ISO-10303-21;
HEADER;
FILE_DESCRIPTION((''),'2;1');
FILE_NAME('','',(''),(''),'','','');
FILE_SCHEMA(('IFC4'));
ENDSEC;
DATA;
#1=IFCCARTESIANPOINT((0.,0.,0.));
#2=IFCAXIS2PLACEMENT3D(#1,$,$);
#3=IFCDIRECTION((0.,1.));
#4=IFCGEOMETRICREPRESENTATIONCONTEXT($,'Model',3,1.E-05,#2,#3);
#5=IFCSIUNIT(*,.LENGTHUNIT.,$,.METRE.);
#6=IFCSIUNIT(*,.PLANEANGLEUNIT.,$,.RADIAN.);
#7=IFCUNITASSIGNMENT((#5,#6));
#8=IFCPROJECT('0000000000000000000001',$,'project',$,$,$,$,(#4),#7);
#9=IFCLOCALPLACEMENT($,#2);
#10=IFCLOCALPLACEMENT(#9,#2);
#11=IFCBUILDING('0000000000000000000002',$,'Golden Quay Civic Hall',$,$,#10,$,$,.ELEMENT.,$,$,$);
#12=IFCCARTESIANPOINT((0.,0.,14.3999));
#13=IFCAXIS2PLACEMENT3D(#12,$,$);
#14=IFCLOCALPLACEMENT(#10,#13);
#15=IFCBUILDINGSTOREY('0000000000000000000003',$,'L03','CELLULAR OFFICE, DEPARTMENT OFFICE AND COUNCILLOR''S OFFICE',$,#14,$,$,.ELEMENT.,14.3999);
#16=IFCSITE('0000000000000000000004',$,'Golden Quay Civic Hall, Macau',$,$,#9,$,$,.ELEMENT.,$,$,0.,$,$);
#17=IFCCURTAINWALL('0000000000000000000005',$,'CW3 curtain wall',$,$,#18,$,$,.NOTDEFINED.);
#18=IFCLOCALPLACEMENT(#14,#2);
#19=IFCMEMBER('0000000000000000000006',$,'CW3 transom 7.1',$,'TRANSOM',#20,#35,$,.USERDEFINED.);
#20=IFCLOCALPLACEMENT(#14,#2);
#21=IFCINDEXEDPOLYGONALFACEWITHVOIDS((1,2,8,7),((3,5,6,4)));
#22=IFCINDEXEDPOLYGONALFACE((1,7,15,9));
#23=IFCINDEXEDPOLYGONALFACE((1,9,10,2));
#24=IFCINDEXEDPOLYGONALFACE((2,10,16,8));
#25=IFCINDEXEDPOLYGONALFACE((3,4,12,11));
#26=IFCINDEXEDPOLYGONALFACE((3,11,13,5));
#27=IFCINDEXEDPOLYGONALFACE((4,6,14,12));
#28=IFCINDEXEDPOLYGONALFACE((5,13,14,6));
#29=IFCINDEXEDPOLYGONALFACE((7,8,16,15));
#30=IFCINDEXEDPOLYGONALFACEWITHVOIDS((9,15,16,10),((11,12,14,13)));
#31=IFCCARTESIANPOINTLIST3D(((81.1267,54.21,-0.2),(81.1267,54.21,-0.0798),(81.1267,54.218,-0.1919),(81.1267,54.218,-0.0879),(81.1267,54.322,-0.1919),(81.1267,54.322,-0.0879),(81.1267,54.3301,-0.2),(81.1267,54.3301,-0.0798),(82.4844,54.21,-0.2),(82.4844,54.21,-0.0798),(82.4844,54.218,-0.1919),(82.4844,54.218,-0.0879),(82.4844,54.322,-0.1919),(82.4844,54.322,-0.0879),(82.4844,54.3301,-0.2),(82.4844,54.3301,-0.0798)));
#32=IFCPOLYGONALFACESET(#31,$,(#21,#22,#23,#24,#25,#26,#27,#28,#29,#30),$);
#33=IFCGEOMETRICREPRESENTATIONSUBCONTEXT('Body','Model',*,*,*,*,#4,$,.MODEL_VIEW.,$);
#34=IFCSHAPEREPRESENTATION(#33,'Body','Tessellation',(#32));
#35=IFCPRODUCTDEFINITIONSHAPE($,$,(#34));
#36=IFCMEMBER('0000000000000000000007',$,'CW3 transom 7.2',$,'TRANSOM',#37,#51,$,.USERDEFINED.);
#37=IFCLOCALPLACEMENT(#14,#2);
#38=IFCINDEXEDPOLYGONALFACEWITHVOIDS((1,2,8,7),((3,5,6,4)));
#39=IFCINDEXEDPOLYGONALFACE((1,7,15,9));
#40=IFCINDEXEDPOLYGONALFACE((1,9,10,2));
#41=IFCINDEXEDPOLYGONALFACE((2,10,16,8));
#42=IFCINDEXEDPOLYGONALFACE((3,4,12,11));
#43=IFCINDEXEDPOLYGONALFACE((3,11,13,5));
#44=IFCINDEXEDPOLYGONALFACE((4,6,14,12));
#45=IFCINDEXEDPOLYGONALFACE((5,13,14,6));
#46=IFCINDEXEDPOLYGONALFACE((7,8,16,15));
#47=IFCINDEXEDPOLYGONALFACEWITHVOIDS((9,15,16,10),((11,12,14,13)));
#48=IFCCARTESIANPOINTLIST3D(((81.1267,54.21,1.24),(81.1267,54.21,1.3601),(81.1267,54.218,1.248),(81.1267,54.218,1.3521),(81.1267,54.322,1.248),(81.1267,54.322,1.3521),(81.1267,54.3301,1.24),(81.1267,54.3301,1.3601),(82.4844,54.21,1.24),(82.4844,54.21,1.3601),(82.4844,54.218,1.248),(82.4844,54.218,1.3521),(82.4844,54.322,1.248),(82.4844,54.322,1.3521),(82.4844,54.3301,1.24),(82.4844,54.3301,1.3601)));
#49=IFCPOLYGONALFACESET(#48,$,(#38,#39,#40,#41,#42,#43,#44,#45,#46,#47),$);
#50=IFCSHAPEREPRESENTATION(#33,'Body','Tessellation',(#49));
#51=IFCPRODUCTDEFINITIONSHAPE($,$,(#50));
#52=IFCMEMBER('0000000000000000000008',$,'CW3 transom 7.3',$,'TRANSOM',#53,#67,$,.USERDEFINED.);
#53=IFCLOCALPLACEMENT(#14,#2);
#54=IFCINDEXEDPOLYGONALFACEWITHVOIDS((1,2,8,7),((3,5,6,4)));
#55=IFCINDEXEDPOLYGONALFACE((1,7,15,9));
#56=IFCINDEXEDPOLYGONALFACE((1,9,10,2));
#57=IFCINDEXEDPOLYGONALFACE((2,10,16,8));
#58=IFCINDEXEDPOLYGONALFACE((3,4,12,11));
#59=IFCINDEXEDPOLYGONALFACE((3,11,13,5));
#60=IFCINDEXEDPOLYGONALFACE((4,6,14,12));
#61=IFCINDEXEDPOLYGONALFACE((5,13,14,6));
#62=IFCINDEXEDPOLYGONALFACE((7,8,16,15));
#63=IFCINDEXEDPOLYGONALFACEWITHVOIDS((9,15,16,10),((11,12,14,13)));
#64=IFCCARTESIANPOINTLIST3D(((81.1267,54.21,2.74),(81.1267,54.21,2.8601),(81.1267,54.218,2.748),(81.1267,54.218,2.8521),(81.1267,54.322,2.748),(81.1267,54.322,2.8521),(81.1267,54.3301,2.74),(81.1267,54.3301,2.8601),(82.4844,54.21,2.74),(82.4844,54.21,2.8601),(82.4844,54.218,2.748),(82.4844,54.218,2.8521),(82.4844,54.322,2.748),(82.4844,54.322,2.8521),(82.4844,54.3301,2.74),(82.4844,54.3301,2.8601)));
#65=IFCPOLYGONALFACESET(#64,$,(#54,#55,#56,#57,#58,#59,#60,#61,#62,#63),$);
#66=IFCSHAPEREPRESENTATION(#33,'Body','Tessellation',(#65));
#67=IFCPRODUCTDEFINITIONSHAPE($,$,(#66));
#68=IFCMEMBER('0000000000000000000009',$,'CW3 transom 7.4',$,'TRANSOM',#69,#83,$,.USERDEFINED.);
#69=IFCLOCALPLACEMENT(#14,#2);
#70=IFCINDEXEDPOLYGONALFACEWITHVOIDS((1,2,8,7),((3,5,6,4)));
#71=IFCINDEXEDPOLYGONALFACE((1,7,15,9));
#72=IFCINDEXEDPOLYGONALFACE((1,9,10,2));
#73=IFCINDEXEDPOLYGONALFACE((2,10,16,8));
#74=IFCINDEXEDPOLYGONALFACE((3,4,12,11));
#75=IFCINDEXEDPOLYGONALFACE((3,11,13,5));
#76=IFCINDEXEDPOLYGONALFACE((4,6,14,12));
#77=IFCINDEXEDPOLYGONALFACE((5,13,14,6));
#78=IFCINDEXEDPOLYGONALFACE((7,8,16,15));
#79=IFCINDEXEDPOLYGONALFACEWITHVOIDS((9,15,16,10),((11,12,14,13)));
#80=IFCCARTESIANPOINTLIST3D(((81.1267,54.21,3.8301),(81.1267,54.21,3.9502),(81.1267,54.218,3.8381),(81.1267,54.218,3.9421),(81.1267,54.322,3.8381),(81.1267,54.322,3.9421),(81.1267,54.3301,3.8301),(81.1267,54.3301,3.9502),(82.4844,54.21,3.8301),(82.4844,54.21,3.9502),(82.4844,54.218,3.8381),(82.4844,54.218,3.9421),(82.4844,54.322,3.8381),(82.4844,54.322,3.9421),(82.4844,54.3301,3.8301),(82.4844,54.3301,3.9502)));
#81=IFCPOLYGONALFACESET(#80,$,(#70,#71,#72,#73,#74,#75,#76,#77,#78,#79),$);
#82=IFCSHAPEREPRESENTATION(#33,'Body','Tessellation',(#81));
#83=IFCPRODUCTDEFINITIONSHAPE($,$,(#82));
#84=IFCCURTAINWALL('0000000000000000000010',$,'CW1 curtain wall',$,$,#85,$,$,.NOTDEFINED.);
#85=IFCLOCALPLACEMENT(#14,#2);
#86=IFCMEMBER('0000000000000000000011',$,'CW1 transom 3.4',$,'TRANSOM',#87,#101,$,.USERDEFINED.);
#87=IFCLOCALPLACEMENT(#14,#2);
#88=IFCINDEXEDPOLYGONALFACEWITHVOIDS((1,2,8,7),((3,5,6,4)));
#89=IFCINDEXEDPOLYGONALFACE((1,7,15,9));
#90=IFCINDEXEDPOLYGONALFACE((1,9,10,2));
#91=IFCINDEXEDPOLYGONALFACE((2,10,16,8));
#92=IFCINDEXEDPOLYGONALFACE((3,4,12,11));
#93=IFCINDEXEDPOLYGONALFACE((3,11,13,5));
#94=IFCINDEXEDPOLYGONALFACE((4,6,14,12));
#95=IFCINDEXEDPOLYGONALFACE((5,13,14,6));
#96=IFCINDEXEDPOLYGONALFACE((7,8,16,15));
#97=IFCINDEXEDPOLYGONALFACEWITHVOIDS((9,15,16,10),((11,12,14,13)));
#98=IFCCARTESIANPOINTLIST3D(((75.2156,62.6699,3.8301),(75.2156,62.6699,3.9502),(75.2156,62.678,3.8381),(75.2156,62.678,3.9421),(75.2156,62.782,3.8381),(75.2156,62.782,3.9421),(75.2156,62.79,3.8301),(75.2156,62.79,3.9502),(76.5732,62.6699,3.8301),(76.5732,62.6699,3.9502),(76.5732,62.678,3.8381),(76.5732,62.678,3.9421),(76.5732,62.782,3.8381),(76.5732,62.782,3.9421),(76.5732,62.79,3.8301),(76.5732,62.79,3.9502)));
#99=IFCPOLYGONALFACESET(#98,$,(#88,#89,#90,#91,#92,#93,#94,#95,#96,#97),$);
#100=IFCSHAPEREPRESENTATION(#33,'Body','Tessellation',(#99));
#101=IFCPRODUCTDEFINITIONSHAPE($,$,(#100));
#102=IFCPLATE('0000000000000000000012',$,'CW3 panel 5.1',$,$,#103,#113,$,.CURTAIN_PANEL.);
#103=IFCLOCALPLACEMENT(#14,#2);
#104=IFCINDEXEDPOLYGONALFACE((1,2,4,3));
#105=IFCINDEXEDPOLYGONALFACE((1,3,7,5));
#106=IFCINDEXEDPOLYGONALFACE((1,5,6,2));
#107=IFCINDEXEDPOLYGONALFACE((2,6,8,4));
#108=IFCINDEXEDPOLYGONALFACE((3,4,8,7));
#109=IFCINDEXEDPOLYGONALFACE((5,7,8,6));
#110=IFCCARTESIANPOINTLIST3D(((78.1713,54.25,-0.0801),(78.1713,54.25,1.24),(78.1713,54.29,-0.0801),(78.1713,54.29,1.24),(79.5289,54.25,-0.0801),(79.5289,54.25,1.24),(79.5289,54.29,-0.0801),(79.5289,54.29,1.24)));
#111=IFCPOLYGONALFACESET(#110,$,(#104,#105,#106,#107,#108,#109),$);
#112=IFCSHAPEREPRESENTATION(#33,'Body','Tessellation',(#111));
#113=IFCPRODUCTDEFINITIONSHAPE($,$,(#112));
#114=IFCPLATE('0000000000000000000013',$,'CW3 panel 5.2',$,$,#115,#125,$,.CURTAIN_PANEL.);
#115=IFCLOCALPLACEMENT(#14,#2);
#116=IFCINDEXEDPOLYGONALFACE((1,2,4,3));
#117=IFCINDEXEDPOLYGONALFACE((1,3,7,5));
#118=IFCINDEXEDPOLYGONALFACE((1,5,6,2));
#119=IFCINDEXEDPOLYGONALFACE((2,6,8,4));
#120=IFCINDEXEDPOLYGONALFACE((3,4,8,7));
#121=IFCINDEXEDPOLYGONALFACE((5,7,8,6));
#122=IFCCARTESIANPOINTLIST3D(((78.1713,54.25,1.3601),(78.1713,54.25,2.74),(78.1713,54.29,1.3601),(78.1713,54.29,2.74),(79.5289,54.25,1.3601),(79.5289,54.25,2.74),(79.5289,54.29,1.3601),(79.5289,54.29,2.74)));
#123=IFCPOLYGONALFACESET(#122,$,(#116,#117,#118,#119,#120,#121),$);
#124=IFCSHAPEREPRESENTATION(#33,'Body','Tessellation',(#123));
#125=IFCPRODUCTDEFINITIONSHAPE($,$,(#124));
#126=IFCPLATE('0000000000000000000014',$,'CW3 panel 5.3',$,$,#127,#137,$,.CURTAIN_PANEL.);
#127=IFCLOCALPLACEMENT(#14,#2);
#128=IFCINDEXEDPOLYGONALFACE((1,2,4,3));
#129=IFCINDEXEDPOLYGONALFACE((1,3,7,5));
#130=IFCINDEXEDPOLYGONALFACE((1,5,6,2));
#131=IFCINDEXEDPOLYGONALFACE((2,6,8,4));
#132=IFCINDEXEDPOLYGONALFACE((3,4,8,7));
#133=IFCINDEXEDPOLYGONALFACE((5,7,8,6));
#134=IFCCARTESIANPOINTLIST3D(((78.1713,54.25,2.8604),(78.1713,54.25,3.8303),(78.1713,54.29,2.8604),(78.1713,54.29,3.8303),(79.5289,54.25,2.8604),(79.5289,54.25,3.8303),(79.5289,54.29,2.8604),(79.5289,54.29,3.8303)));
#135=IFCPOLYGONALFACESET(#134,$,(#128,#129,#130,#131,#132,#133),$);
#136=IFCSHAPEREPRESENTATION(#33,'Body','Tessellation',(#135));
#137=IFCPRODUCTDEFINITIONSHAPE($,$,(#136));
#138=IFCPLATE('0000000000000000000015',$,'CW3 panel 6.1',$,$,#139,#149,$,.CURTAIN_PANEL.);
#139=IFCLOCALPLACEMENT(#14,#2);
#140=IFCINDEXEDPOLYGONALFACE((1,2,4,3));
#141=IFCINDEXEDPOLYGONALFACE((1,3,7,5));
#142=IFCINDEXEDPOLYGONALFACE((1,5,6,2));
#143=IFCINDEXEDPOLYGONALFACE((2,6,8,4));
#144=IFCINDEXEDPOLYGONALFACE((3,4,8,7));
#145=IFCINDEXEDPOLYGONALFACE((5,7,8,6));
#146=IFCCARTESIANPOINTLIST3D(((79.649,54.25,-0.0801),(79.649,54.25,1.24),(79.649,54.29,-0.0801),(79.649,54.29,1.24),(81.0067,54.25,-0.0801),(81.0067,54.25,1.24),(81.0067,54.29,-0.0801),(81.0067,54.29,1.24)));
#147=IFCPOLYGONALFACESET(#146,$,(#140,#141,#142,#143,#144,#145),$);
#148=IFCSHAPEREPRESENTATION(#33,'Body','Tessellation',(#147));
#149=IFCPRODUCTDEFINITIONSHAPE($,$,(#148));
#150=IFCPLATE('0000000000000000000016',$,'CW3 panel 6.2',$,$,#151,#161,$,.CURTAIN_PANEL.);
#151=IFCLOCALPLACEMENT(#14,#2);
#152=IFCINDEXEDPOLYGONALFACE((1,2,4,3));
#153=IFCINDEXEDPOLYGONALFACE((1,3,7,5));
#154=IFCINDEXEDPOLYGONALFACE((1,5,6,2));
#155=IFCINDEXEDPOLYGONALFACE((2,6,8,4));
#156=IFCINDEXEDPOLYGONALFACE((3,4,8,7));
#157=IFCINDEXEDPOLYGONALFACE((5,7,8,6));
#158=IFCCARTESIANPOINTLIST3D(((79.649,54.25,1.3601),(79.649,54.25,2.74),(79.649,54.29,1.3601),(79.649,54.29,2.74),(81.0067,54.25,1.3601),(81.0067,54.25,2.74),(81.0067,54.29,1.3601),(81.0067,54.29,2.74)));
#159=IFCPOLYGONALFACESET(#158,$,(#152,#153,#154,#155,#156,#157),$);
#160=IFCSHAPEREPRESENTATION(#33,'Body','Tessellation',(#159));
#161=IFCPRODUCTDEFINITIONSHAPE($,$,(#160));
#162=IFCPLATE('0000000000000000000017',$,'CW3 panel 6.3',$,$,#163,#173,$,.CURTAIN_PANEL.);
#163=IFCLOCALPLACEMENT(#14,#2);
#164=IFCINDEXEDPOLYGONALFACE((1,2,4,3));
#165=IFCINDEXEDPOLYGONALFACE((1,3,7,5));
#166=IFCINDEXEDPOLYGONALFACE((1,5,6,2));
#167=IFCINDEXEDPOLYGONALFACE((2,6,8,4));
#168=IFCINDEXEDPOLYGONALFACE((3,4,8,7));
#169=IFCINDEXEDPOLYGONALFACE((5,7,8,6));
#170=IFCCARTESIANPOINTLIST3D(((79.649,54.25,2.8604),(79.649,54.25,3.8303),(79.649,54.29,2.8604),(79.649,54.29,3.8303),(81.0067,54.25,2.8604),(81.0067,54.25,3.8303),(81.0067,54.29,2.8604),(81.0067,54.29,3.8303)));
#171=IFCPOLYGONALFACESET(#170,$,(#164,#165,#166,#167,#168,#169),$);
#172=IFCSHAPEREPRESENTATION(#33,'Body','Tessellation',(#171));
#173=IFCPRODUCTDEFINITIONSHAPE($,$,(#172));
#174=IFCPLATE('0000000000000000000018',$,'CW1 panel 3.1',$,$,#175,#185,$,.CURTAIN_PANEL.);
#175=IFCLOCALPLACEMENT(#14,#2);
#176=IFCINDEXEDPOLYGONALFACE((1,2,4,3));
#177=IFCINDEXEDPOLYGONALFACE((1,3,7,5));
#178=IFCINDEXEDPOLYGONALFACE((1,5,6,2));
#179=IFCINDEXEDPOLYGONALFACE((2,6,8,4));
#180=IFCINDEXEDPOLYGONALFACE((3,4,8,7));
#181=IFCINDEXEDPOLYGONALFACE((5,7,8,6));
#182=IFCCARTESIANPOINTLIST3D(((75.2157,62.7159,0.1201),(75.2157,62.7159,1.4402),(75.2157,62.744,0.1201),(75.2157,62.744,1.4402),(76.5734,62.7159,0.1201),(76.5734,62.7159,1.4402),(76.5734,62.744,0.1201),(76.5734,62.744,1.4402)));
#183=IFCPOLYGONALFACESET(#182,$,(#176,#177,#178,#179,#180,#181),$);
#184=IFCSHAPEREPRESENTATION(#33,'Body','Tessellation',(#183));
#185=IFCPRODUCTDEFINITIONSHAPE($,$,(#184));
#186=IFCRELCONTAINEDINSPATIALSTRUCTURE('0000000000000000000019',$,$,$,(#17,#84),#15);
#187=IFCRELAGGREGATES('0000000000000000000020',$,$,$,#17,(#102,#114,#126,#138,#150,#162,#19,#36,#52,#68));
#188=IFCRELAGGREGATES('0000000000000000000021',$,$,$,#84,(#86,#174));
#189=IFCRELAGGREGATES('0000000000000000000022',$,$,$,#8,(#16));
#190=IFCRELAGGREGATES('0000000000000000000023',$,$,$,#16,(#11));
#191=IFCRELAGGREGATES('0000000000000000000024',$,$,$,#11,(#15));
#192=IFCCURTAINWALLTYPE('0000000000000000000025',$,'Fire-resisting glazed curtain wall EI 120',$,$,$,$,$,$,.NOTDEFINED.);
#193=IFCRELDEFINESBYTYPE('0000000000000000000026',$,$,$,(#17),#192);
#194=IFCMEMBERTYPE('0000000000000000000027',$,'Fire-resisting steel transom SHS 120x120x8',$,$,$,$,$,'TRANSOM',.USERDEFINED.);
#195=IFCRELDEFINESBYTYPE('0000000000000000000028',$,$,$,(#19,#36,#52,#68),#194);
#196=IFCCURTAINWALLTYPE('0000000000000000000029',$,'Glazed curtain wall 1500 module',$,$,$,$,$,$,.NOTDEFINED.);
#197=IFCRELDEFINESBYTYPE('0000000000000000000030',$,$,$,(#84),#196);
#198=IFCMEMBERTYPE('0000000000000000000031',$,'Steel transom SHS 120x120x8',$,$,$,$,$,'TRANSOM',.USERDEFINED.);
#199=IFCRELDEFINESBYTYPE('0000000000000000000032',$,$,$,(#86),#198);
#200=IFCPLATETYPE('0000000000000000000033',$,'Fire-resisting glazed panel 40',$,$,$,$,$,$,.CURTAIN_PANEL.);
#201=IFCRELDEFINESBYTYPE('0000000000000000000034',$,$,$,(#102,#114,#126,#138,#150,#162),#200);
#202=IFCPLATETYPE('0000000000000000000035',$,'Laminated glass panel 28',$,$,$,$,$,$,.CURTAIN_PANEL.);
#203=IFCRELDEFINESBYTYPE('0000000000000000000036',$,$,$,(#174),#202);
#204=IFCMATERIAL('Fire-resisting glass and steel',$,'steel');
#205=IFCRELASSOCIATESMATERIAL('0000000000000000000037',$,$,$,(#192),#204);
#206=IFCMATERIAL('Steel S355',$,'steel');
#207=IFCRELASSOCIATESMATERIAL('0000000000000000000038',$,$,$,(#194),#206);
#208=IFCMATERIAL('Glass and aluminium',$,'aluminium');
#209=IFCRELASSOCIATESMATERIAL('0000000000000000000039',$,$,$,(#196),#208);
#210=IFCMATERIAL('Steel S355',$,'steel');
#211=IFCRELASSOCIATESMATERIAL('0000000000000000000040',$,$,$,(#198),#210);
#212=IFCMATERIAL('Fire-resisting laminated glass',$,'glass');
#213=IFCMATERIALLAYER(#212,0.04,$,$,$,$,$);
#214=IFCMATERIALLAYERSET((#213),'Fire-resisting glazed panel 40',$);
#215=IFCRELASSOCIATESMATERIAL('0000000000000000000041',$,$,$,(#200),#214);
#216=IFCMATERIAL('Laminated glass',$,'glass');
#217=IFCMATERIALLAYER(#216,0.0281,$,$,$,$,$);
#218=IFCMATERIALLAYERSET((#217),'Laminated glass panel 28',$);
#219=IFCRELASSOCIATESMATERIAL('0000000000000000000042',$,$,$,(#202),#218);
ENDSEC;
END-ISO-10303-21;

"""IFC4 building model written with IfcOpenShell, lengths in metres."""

from ifc_helpers import new_model, si_unit, direction, frame, origin, origin_2d, place, context, subcontext, project, spatial, rectangle, hollow_rectangle, extrude, material, layer, layer_set, material_profile, profile_set, type_object, element, aggregate, save


model = new_model("IFC4")

# Units and contexts
model_context = context("Model", 3, precision=1e-05, world=origin(), true_north=direction((0.0, 1.0)))
body_context = subcontext(model_context, "Body", "Model", "MODEL_VIEW")
ifc_project = project(units=[si_unit("LENGTHUNIT", "METRE"), si_unit("PLANEANGLEUNIT", "RADIAN")], contexts=[model_context])

# Site, building, storey
site_placement = place(None, origin())
site = spatial("IfcSite", under=ifc_project, at=site_placement, Name="Golden Quay Civic Hall, Macau", CompositionType="ELEMENT", RefElevation=0.0)
building_placement = place(site_placement, origin())
building = spatial("IfcBuilding", under=site, at=building_placement, Name="Golden Quay Civic Hall", CompositionType="ELEMENT")
storey_placement = place(building_placement, frame((0.0, 0.0, 14.3999)))
storey = spatial("IfcBuildingStorey", under=building, at=storey_placement, Name="L03", Description="CELLULAR OFFICE, DEPARTMENT OFFICE AND COUNCILLOR'S OFFICE", CompositionType="ELEMENT", Elevation=14.3999)

# Curtain wall, members
ifc_material_1 = material(Name="Fire-resisting glass and steel", Category="steel")
curtain_wall_type_1 = type_object("IfcCurtainWallType", Name="Fire-resisting glazed curtain wall EI 120", PredefinedType="NOTDEFINED", material=ifc_material_1)
curtain_wall_1_placement = place(storey_placement, origin())
curtain_wall_1 = element("IfcCurtainWall", 1, at=curtain_wall_1_placement, inside=storey, type_object=curtain_wall_type_1, Name="CW3 curtain wall", PredefinedType="NOTDEFINED")
ifc_material_2 = material(Name="Steel S355", Category="steel")
ifc_material_profile_1 = material_profile(ifc_material_2, hollow_rectangle(XDim=0.1201, YDim=0.1201, WallThickness=0.0081, at=origin_2d()), Name="SHS 120x120x8")
ifc_profile_set_1 = profile_set([ifc_material_profile_1], Name="Steel S355")
member_type_1 = type_object("IfcMemberType", Name="Fire-resisting steel transom SHS 120x120x8", ElementType="TRANSOM", PredefinedType="USERDEFINED", material=ifc_profile_set_1)
member_1_placement = place(storey_placement, frame((81.1267, 54.27, -0.1399), z_axis=(1.0, 0.0, 0.0), x_axis=(0.0, 1.0, 0.0)))
member_1 = element("IfcMember", 2, at=member_1_placement, type_object=member_type_1, Name="CW3 transom 7.1", ObjectType="TRANSOM", PredefinedType="USERDEFINED", context=body_context, shape_type="SweptSolid", body=[
    extrude(hollow_rectangle(XDim=0.1201, YDim=0.1201, WallThickness=0.0081, at=origin_2d()), origin(), (0.0, 0.0, 1.0), 1.3577),
])
member_2_placement = place(storey_placement, frame((81.1267, 54.27, 1.3), z_axis=(1.0, 0.0, 0.0), x_axis=(0.0, 1.0, 0.0)))
member_2 = element("IfcMember", 3, at=member_2_placement, type_object=member_type_1, Name="CW3 transom 7.2", ObjectType="TRANSOM", PredefinedType="USERDEFINED", context=body_context, shape_type="SweptSolid", body=[
    extrude(hollow_rectangle(XDim=0.1201, YDim=0.1201, WallThickness=0.0081, at=origin_2d()), origin(), (0.0, 0.0, 1.0), 1.3577),
])
member_3_placement = place(storey_placement, frame((81.1267, 54.27, 2.8), z_axis=(1.0, 0.0, 0.0), x_axis=(0.0, 1.0, 0.0)))
member_3 = element("IfcMember", 4, at=member_3_placement, type_object=member_type_1, Name="CW3 transom 7.3", ObjectType="TRANSOM", PredefinedType="USERDEFINED", context=body_context, shape_type="SweptSolid", body=[
    extrude(hollow_rectangle(XDim=0.1201, YDim=0.1201, WallThickness=0.0081, at=origin_2d()), origin(), (0.0, 0.0, 1.0), 1.3577),
])
member_4_placement = place(storey_placement, frame((81.1267, 54.27, 3.8901), z_axis=(1.0, 0.0, 0.0), x_axis=(0.0, 1.0, 0.0)))
member_4 = element("IfcMember", 5, at=member_4_placement, type_object=member_type_1, Name="CW3 transom 7.4", ObjectType="TRANSOM", PredefinedType="USERDEFINED", context=body_context, shape_type="SweptSolid", body=[
    extrude(hollow_rectangle(XDim=0.1201, YDim=0.1201, WallThickness=0.0081, at=origin_2d()), origin(), (0.0, 0.0, 1.0), 1.3577),
])

# Curtain wall, member
ifc_material_3 = material(Name="Glass and aluminium", Category="aluminium")
curtain_wall_type_2 = type_object("IfcCurtainWallType", Name="Glazed curtain wall 1500 module", PredefinedType="NOTDEFINED", material=ifc_material_3)
curtain_wall_2_placement = place(storey_placement, origin())
curtain_wall_2 = element("IfcCurtainWall", 6, at=curtain_wall_2_placement, inside=storey, type_object=curtain_wall_type_2, Name="CW1 curtain wall", PredefinedType="NOTDEFINED")
ifc_material_4 = material(Name="Steel S355", Category="steel")
ifc_material_profile_2 = material_profile(ifc_material_4, hollow_rectangle(XDim=0.1201, YDim=0.1201, WallThickness=0.0081, at=origin_2d()), Name="SHS 120x120x8")
ifc_profile_set_2 = profile_set([ifc_material_profile_2], Name="Steel S355")
member_type_2 = type_object("IfcMemberType", Name="Steel transom SHS 120x120x8", ElementType="TRANSOM", PredefinedType="USERDEFINED", material=ifc_profile_set_2)
member_5_placement = place(storey_placement, frame((75.2156, 62.73, 3.8901), z_axis=(1.0, 0.0, 0.0), x_axis=(0.0, 1.0, 0.0)))
member_5 = element("IfcMember", 7, at=member_5_placement, type_object=member_type_2, Name="CW1 transom 3.4", ObjectType="TRANSOM", PredefinedType="USERDEFINED", context=body_context, shape_type="SweptSolid", body=[
    extrude(hollow_rectangle(XDim=0.1201, YDim=0.1201, WallThickness=0.0081, at=origin_2d()), origin(), (0.0, 0.0, 1.0), 1.3577),
])

# Plates
ifc_material_5 = material(Name="Fire-resisting laminated glass", Category="glass")
ifc_layer_1 = layer(ifc_material_5, 0.04)
ifc_layer_set_1 = layer_set([ifc_layer_1], Name="Fire-resisting glazed panel 40")
plate_type_1 = type_object("IfcPlateType", Name="Fire-resisting glazed panel 40", PredefinedType="CURTAIN_PANEL", material=ifc_layer_set_1)
plate_1_placement = place(storey_placement, frame((78.8501, 54.27, -0.0801), z_axis=(0.0, 0.0, 1.0), x_axis=(1.0, 0.0, 0.0)))
plate_1 = element("IfcPlate", 8, at=plate_1_placement, type_object=plate_type_1, Name="CW3 panel 5.1", PredefinedType="CURTAIN_PANEL", context=body_context, shape_type="SweptSolid", body=[
    extrude(rectangle(XDim=1.3577, YDim=0.04, at=origin_2d()), origin(), (0.0, 0.0, 1.0), 1.3201),
])
plate_2_placement = place(storey_placement, frame((78.8501, 54.27, 1.3601), z_axis=(0.0, 0.0, 1.0), x_axis=(1.0, 0.0, 0.0)))
plate_2 = element("IfcPlate", 9, at=plate_2_placement, type_object=plate_type_1, Name="CW3 panel 5.2", PredefinedType="CURTAIN_PANEL", context=body_context, shape_type="SweptSolid", body=[
    extrude(rectangle(XDim=1.3577, YDim=0.04, at=origin_2d()), origin(), (0.0, 0.0, 1.0), 1.3799),
])
plate_3_placement = place(storey_placement, frame((78.8501, 54.27, 2.8604), z_axis=(0.0, 0.0, 1.0), x_axis=(1.0, 0.0, 0.0)))
plate_3 = element("IfcPlate", 10, at=plate_3_placement, type_object=plate_type_1, Name="CW3 panel 5.3", PredefinedType="CURTAIN_PANEL", context=body_context, shape_type="SweptSolid", body=[
    extrude(rectangle(XDim=1.3577, YDim=0.04, at=origin_2d()), origin(), (0.0, 0.0, 1.0), 0.97),
])
plate_4_placement = place(storey_placement, frame((80.3279, 54.27, -0.0801), z_axis=(0.0, 0.0, 1.0), x_axis=(1.0, 0.0, 0.0)))
plate_4 = element("IfcPlate", 11, at=plate_4_placement, type_object=plate_type_1, Name="CW3 panel 6.1", PredefinedType="CURTAIN_PANEL", context=body_context, shape_type="SweptSolid", body=[
    extrude(rectangle(XDim=1.3577, YDim=0.04, at=origin_2d()), origin(), (0.0, 0.0, 1.0), 1.3201),
])
plate_5_placement = place(storey_placement, frame((80.3279, 54.27, 1.3601), z_axis=(0.0, 0.0, 1.0), x_axis=(1.0, 0.0, 0.0)))
plate_5 = element("IfcPlate", 12, at=plate_5_placement, type_object=plate_type_1, Name="CW3 panel 6.2", PredefinedType="CURTAIN_PANEL", context=body_context, shape_type="SweptSolid", body=[
    extrude(rectangle(XDim=1.3577, YDim=0.04, at=origin_2d()), origin(), (0.0, 0.0, 1.0), 1.3799),
])
plate_6_placement = place(storey_placement, frame((80.3279, 54.27, 2.8604), z_axis=(0.0, 0.0, 1.0), x_axis=(1.0, 0.0, 0.0)))
plate_6 = element("IfcPlate", 13, at=plate_6_placement, type_object=plate_type_1, Name="CW3 panel 6.3", PredefinedType="CURTAIN_PANEL", context=body_context, shape_type="SweptSolid", body=[
    extrude(rectangle(XDim=1.3577, YDim=0.04, at=origin_2d()), origin(), (0.0, 0.0, 1.0), 0.97),
])
aggregate(curtain_wall_1, [plate_1, plate_2, plate_3, plate_4, plate_5, plate_6, member_1, member_2, member_3, member_4])
ifc_material_6 = material(Name="Laminated glass", Category="glass")
ifc_layer_2 = layer(ifc_material_6, 0.0281)
ifc_layer_set_2 = layer_set([ifc_layer_2], Name="Laminated glass panel 28")
plate_type_2 = type_object("IfcPlateType", Name="Laminated glass panel 28", PredefinedType="CURTAIN_PANEL", material=ifc_layer_set_2)
plate_7_placement = place(storey_placement, frame((75.8945, 62.73, 0.1201), z_axis=(0.0, 0.0, 1.0), x_axis=(1.0, 0.0, 0.0)))
plate_7 = element("IfcPlate", 14, at=plate_7_placement, type_object=plate_type_2, Name="CW1 panel 3.1", PredefinedType="CURTAIN_PANEL", context=body_context, shape_type="SweptSolid", body=[
    extrude(rectangle(XDim=1.3577, YDim=0.0281, at=origin_2d()), origin(), (0.0, 0.0, 1.0), 1.3201),
])
aggregate(curtain_wall_2, [member_5, plate_7])

save(model, "model.ifc")
